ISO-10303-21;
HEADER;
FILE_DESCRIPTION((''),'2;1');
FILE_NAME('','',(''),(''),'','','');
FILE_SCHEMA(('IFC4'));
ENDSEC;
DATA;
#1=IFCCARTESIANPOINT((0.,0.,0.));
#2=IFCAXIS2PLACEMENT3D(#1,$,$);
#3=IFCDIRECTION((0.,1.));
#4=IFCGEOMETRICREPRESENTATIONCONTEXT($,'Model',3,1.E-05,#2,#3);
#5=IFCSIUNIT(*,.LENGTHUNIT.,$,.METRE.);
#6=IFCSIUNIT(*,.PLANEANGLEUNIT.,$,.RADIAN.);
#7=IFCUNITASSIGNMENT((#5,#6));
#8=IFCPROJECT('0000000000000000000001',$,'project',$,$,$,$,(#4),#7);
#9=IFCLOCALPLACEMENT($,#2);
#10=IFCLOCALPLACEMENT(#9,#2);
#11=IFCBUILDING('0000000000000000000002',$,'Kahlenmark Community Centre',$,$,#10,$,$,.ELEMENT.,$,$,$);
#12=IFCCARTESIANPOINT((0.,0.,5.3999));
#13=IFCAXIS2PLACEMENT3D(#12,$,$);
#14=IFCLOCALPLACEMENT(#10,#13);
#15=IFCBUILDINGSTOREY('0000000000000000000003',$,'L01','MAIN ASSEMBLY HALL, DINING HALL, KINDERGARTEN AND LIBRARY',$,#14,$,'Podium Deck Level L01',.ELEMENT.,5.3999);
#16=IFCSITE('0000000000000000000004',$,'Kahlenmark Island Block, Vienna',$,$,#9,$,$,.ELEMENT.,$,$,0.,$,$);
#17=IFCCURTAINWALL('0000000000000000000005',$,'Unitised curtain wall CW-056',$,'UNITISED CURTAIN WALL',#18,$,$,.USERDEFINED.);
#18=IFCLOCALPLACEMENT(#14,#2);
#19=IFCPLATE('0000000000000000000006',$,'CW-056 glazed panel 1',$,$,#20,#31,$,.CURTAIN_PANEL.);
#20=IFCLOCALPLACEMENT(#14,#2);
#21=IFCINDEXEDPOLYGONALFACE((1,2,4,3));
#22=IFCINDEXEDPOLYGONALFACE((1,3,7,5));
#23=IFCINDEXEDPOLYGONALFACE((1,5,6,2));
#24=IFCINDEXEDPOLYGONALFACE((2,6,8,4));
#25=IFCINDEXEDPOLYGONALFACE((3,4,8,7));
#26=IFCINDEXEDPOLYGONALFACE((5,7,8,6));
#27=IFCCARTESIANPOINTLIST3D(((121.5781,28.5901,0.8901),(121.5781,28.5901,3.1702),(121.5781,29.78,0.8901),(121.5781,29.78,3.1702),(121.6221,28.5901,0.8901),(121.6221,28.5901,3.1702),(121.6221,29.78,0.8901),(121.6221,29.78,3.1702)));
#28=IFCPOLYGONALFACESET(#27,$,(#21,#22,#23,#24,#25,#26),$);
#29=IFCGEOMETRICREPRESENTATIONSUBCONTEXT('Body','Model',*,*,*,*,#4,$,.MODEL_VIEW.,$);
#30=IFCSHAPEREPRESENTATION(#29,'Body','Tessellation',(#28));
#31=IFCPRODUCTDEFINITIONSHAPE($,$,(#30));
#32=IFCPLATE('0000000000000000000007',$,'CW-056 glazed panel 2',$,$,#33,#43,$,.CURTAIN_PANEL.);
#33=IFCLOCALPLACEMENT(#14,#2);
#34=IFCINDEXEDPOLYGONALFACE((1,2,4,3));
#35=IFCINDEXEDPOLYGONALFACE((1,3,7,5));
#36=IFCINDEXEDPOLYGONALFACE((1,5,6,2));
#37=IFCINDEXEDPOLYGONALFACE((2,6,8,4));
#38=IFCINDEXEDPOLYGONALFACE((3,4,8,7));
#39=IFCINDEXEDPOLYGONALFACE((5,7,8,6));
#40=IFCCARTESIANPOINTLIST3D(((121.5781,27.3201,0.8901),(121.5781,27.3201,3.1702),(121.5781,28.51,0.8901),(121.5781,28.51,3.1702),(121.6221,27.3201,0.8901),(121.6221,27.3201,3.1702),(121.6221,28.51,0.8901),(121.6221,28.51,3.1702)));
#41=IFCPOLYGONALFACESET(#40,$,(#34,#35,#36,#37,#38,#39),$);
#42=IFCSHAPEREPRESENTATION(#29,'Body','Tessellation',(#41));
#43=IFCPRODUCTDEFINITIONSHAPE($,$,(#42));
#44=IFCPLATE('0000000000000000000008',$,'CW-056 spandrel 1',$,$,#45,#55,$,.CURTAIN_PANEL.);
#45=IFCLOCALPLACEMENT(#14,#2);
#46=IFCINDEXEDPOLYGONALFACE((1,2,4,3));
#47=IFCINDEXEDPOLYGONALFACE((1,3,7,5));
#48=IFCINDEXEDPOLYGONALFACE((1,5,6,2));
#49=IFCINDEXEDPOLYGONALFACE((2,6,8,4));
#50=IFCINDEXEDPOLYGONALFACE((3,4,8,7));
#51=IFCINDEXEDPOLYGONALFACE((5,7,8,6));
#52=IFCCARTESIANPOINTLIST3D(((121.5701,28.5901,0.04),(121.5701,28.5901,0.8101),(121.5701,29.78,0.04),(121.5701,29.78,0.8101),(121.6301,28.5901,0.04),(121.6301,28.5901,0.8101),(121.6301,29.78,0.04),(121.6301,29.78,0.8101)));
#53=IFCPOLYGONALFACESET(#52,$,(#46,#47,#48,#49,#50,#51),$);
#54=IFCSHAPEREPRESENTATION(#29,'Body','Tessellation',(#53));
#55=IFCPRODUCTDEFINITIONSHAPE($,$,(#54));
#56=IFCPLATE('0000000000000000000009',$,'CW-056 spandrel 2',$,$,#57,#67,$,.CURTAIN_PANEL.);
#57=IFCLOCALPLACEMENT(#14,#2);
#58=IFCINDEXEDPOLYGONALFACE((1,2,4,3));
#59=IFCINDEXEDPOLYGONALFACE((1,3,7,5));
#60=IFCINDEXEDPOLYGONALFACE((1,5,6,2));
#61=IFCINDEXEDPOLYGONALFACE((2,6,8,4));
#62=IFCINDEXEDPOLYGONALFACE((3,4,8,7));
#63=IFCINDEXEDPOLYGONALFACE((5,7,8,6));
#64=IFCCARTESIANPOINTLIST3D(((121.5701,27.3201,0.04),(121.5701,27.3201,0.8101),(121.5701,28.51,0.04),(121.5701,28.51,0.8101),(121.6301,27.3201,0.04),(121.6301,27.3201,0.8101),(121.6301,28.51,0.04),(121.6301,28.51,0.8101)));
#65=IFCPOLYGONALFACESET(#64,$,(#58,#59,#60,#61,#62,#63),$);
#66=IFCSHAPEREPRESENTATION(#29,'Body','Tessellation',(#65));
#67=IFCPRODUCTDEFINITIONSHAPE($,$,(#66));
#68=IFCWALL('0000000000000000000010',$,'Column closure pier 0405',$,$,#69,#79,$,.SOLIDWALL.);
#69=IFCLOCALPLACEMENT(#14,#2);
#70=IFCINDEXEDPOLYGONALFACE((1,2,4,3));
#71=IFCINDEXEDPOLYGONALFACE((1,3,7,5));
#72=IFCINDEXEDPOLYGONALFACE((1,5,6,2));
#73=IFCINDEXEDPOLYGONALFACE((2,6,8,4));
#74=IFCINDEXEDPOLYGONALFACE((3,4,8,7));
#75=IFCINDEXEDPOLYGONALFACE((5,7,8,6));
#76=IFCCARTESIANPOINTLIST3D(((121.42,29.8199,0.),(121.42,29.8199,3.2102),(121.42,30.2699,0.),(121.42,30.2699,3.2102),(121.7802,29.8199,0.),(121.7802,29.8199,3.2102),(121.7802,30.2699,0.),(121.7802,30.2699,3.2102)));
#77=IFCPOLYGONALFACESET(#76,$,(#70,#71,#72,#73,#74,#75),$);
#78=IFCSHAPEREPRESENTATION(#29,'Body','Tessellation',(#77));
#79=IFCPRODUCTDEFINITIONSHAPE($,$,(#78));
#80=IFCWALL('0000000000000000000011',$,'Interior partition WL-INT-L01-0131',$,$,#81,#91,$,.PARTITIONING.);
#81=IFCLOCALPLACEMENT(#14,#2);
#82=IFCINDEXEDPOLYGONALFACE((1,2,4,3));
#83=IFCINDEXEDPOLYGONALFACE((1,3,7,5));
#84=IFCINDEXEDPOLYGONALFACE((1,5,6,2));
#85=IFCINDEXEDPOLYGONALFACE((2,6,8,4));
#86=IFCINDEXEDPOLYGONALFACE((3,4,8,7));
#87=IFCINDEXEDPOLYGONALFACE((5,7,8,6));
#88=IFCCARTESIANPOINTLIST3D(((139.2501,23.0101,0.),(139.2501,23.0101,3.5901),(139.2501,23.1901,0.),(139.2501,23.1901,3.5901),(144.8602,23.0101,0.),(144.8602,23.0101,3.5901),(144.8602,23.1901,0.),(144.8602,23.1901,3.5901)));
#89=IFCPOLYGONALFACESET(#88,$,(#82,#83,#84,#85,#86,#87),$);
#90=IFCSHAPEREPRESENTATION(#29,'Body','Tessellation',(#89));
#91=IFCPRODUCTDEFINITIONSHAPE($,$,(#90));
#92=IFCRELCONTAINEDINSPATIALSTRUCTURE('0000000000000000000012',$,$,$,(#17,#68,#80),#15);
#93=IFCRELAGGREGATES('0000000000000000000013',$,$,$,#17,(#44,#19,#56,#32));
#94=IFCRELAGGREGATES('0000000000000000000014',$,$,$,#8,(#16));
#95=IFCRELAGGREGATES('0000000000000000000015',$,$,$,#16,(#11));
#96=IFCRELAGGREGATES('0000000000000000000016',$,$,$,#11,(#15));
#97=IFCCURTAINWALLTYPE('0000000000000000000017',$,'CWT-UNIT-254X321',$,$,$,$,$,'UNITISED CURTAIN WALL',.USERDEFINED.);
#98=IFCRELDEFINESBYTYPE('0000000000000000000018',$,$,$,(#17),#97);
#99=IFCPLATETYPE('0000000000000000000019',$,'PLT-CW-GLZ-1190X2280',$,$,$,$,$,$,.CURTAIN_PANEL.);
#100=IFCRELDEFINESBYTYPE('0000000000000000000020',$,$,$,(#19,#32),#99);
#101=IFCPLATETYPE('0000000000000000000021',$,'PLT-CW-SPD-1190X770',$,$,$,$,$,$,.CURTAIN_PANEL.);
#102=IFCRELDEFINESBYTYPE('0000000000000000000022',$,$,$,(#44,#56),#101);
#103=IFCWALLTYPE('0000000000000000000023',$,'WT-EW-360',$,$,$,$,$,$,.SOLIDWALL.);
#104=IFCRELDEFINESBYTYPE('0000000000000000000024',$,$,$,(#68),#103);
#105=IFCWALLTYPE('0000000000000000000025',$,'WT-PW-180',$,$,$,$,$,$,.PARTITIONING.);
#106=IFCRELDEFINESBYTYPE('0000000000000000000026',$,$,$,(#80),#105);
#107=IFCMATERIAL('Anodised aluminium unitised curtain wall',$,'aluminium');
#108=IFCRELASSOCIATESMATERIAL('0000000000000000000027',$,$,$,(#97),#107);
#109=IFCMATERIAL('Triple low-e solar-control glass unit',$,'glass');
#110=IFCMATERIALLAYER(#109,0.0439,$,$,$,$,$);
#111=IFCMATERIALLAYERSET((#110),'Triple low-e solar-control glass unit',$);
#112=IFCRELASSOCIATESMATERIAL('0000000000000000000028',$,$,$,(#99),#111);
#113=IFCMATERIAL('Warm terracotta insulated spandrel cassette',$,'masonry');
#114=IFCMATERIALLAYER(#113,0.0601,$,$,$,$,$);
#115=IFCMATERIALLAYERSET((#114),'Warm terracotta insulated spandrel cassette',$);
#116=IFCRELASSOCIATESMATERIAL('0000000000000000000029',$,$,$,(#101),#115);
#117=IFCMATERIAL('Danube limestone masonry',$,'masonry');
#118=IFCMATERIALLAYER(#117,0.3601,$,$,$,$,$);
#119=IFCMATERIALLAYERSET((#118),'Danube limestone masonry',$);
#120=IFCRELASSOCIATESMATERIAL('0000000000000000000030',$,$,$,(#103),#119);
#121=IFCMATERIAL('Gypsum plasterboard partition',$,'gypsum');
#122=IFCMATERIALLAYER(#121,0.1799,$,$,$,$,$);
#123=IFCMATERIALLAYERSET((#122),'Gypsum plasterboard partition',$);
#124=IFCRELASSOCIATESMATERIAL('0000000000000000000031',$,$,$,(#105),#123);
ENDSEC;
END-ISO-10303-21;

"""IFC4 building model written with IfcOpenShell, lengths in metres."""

from ifc_helpers import new_model, si_unit, direction, frame, frame_2d, origin, origin_2d, place, context, subcontext, project, spatial, rectangle, extrude, material, layer, layer_set, type_object, element, aggregate, save


model = new_model("IFC4")

# Units and contexts
model_context = context("Model", 3, precision=1e-05, world=origin(), true_north=direction((0.0, 1.0)))
body_context = subcontext(model_context, "Body", "Model", "MODEL_VIEW")
ifc_project = project(units=[si_unit("LENGTHUNIT", "METRE"), si_unit("PLANEANGLEUNIT", "RADIAN")], contexts=[model_context])

# Site, building, storey
site_placement = place(None, origin())
site = spatial("IfcSite", under=ifc_project, at=site_placement, Name="Kahlenmark Island Block, Vienna", CompositionType="ELEMENT", RefElevation=0.0)
building_placement = place(site_placement, origin())
building = spatial("IfcBuilding", under=site, at=building_placement, Name="Kahlenmark Community Centre", CompositionType="ELEMENT")
storey_placement = place(building_placement, frame((0.0, 0.0, 5.3999)))
storey = spatial("IfcBuildingStorey", under=building, at=storey_placement, Name="L01", Description="MAIN ASSEMBLY HALL, DINING HALL, KINDERGARTEN AND LIBRARY", LongName="Podium Deck Level L01", CompositionType="ELEMENT", Elevation=5.3999)

# Curtain wall, plates
ifc_material_1 = material(Name="Anodised aluminium unitised curtain wall", Category="aluminium")
curtain_wall_type = type_object("IfcCurtainWallType", Name="CWT-UNIT-254X321", ElementType="UNITISED CURTAIN WALL", PredefinedType="USERDEFINED", material=ifc_material_1)
curtain_wall_placement = place(storey_placement, origin())
curtain_wall = element("IfcCurtainWall", 1, at=curtain_wall_placement, inside=storey, type_object=curtain_wall_type, Name="Unitised curtain wall CW-056", ObjectType="UNITISED CURTAIN WALL", PredefinedType="USERDEFINED")
ifc_material_2 = material(Name="Triple low-e solar-control glass unit", Category="glass")
ifc_layer_1 = layer(ifc_material_2, 0.0439)
ifc_layer_set_1 = layer_set([ifc_layer_1], Name="Triple low-e solar-control glass unit")
plate_type_1 = type_object("IfcPlateType", Name="PLT-CW-GLZ-1190X2280", PredefinedType="CURTAIN_PANEL", material=ifc_layer_set_1)
plate_1_placement = place(storey_placement, frame((121.6001, 29.1851, 0.8901), z_axis=(0.0, 0.0, 1.0), x_axis=(0.0, -1.0, 0.0)))
plate_1 = element("IfcPlate", 2, at=plate_1_placement, type_object=plate_type_1, Name="CW-056 glazed panel 1", PredefinedType="CURTAIN_PANEL", context=body_context, shape_type="SweptSolid", body=[
    extrude(rectangle(XDim=1.1899, YDim=0.0439, at=origin_2d()), origin(), (0.0, 0.0, 1.0), 2.28),
])
plate_2_placement = place(storey_placement, frame((121.6001, 27.915, 0.8901), z_axis=(0.0, 0.0, 1.0), x_axis=(0.0, -1.0, 0.0)))
plate_2 = element("IfcPlate", 3, at=plate_2_placement, type_object=plate_type_1, Name="CW-056 glazed panel 2", PredefinedType="CURTAIN_PANEL", context=body_context, shape_type="SweptSolid", body=[
    extrude(rectangle(XDim=1.1899, YDim=0.0439, at=origin_2d()), origin(), (0.0, 0.0, 1.0), 2.28),
])
ifc_material_3 = material(Name="Warm terracotta insulated spandrel cassette", Category="masonry")
ifc_layer_2 = layer(ifc_material_3, 0.0601)
ifc_layer_set_2 = layer_set([ifc_layer_2], Name="Warm terracotta insulated spandrel cassette")
plate_type_2 = type_object("IfcPlateType", Name="PLT-CW-SPD-1190X770", PredefinedType="CURTAIN_PANEL", material=ifc_layer_set_2)
plate_3_placement = place(storey_placement, frame((121.6001, 29.1851, 0.04), z_axis=(0.0, 0.0, 1.0), x_axis=(0.0, -1.0, 0.0)))
plate_3 = element("IfcPlate", 4, at=plate_3_placement, type_object=plate_type_2, Name="CW-056 spandrel 1", PredefinedType="CURTAIN_PANEL", context=body_context, shape_type="SweptSolid", body=[
    extrude(rectangle(XDim=1.1899, YDim=0.0601, at=origin_2d()), origin(), (0.0, 0.0, 1.0), 0.77),
])
plate_4_placement = place(storey_placement, frame((121.6001, 27.915, 0.04), z_axis=(0.0, 0.0, 1.0), x_axis=(0.0, -1.0, 0.0)))
plate_4 = element("IfcPlate", 5, at=plate_4_placement, type_object=plate_type_2, Name="CW-056 spandrel 2", PredefinedType="CURTAIN_PANEL", context=body_context, shape_type="SweptSolid", body=[
    extrude(rectangle(XDim=1.1899, YDim=0.0601, at=origin_2d()), origin(), (0.0, 0.0, 1.0), 0.77),
])
aggregate(curtain_wall, [plate_3, plate_1, plate_4, plate_2])

# Walls
ifc_material_4 = material(Name="Danube limestone masonry", Category="masonry")
ifc_layer_3 = layer(ifc_material_4, 0.3601)
ifc_layer_set_3 = layer_set([ifc_layer_3], Name="Danube limestone masonry")
wall_type_1 = type_object("IfcWallType", Name="WT-EW-360", PredefinedType="SOLIDWALL", material=ifc_layer_set_3)
wall_1_placement = place(storey_placement, frame((121.6001, 30.27, 0.0), z_axis=(0.0, 0.0, 1.0), x_axis=(0.0, -1.0, 0.0)))
element("IfcWall", 6, at=wall_1_placement, inside=storey, type_object=wall_type_1, Name="Column closure pier 0405", PredefinedType="SOLIDWALL", context=body_context, shape_type="SweptSolid", body=[
    extrude(rectangle(XDim=0.45, YDim=0.3601, at=frame_2d((0.2251, 0.0))), origin(), (0.0, 0.0, 1.0), 3.2102),
])
ifc_material_5 = material(Name="Gypsum plasterboard partition", Category="gypsum")
ifc_layer_4 = layer(ifc_material_5, 0.1799)
ifc_layer_set_4 = layer_set([ifc_layer_4], Name="Gypsum plasterboard partition")
wall_type_2 = type_object("IfcWallType", Name="WT-PW-180", PredefinedType="PARTITIONING", material=ifc_layer_set_4)
wall_2_placement = place(storey_placement, frame((139.25, 23.1001, 0.0), z_axis=(0.0, 0.0, 1.0), x_axis=(1.0, 0.0, 0.0)))
element("IfcWall", 7, at=wall_2_placement, inside=storey, type_object=wall_type_2, Name="Interior partition WL-INT-L01-0131", PredefinedType="PARTITIONING", context=body_context, shape_type="SweptSolid", body=[
    extrude(rectangle(XDim=5.6101, YDim=0.1799, at=frame_2d((2.8052, 0.0))), origin(), (0.0, 0.0, 1.0), 3.5901),
])

save(model, "model.ifc")
